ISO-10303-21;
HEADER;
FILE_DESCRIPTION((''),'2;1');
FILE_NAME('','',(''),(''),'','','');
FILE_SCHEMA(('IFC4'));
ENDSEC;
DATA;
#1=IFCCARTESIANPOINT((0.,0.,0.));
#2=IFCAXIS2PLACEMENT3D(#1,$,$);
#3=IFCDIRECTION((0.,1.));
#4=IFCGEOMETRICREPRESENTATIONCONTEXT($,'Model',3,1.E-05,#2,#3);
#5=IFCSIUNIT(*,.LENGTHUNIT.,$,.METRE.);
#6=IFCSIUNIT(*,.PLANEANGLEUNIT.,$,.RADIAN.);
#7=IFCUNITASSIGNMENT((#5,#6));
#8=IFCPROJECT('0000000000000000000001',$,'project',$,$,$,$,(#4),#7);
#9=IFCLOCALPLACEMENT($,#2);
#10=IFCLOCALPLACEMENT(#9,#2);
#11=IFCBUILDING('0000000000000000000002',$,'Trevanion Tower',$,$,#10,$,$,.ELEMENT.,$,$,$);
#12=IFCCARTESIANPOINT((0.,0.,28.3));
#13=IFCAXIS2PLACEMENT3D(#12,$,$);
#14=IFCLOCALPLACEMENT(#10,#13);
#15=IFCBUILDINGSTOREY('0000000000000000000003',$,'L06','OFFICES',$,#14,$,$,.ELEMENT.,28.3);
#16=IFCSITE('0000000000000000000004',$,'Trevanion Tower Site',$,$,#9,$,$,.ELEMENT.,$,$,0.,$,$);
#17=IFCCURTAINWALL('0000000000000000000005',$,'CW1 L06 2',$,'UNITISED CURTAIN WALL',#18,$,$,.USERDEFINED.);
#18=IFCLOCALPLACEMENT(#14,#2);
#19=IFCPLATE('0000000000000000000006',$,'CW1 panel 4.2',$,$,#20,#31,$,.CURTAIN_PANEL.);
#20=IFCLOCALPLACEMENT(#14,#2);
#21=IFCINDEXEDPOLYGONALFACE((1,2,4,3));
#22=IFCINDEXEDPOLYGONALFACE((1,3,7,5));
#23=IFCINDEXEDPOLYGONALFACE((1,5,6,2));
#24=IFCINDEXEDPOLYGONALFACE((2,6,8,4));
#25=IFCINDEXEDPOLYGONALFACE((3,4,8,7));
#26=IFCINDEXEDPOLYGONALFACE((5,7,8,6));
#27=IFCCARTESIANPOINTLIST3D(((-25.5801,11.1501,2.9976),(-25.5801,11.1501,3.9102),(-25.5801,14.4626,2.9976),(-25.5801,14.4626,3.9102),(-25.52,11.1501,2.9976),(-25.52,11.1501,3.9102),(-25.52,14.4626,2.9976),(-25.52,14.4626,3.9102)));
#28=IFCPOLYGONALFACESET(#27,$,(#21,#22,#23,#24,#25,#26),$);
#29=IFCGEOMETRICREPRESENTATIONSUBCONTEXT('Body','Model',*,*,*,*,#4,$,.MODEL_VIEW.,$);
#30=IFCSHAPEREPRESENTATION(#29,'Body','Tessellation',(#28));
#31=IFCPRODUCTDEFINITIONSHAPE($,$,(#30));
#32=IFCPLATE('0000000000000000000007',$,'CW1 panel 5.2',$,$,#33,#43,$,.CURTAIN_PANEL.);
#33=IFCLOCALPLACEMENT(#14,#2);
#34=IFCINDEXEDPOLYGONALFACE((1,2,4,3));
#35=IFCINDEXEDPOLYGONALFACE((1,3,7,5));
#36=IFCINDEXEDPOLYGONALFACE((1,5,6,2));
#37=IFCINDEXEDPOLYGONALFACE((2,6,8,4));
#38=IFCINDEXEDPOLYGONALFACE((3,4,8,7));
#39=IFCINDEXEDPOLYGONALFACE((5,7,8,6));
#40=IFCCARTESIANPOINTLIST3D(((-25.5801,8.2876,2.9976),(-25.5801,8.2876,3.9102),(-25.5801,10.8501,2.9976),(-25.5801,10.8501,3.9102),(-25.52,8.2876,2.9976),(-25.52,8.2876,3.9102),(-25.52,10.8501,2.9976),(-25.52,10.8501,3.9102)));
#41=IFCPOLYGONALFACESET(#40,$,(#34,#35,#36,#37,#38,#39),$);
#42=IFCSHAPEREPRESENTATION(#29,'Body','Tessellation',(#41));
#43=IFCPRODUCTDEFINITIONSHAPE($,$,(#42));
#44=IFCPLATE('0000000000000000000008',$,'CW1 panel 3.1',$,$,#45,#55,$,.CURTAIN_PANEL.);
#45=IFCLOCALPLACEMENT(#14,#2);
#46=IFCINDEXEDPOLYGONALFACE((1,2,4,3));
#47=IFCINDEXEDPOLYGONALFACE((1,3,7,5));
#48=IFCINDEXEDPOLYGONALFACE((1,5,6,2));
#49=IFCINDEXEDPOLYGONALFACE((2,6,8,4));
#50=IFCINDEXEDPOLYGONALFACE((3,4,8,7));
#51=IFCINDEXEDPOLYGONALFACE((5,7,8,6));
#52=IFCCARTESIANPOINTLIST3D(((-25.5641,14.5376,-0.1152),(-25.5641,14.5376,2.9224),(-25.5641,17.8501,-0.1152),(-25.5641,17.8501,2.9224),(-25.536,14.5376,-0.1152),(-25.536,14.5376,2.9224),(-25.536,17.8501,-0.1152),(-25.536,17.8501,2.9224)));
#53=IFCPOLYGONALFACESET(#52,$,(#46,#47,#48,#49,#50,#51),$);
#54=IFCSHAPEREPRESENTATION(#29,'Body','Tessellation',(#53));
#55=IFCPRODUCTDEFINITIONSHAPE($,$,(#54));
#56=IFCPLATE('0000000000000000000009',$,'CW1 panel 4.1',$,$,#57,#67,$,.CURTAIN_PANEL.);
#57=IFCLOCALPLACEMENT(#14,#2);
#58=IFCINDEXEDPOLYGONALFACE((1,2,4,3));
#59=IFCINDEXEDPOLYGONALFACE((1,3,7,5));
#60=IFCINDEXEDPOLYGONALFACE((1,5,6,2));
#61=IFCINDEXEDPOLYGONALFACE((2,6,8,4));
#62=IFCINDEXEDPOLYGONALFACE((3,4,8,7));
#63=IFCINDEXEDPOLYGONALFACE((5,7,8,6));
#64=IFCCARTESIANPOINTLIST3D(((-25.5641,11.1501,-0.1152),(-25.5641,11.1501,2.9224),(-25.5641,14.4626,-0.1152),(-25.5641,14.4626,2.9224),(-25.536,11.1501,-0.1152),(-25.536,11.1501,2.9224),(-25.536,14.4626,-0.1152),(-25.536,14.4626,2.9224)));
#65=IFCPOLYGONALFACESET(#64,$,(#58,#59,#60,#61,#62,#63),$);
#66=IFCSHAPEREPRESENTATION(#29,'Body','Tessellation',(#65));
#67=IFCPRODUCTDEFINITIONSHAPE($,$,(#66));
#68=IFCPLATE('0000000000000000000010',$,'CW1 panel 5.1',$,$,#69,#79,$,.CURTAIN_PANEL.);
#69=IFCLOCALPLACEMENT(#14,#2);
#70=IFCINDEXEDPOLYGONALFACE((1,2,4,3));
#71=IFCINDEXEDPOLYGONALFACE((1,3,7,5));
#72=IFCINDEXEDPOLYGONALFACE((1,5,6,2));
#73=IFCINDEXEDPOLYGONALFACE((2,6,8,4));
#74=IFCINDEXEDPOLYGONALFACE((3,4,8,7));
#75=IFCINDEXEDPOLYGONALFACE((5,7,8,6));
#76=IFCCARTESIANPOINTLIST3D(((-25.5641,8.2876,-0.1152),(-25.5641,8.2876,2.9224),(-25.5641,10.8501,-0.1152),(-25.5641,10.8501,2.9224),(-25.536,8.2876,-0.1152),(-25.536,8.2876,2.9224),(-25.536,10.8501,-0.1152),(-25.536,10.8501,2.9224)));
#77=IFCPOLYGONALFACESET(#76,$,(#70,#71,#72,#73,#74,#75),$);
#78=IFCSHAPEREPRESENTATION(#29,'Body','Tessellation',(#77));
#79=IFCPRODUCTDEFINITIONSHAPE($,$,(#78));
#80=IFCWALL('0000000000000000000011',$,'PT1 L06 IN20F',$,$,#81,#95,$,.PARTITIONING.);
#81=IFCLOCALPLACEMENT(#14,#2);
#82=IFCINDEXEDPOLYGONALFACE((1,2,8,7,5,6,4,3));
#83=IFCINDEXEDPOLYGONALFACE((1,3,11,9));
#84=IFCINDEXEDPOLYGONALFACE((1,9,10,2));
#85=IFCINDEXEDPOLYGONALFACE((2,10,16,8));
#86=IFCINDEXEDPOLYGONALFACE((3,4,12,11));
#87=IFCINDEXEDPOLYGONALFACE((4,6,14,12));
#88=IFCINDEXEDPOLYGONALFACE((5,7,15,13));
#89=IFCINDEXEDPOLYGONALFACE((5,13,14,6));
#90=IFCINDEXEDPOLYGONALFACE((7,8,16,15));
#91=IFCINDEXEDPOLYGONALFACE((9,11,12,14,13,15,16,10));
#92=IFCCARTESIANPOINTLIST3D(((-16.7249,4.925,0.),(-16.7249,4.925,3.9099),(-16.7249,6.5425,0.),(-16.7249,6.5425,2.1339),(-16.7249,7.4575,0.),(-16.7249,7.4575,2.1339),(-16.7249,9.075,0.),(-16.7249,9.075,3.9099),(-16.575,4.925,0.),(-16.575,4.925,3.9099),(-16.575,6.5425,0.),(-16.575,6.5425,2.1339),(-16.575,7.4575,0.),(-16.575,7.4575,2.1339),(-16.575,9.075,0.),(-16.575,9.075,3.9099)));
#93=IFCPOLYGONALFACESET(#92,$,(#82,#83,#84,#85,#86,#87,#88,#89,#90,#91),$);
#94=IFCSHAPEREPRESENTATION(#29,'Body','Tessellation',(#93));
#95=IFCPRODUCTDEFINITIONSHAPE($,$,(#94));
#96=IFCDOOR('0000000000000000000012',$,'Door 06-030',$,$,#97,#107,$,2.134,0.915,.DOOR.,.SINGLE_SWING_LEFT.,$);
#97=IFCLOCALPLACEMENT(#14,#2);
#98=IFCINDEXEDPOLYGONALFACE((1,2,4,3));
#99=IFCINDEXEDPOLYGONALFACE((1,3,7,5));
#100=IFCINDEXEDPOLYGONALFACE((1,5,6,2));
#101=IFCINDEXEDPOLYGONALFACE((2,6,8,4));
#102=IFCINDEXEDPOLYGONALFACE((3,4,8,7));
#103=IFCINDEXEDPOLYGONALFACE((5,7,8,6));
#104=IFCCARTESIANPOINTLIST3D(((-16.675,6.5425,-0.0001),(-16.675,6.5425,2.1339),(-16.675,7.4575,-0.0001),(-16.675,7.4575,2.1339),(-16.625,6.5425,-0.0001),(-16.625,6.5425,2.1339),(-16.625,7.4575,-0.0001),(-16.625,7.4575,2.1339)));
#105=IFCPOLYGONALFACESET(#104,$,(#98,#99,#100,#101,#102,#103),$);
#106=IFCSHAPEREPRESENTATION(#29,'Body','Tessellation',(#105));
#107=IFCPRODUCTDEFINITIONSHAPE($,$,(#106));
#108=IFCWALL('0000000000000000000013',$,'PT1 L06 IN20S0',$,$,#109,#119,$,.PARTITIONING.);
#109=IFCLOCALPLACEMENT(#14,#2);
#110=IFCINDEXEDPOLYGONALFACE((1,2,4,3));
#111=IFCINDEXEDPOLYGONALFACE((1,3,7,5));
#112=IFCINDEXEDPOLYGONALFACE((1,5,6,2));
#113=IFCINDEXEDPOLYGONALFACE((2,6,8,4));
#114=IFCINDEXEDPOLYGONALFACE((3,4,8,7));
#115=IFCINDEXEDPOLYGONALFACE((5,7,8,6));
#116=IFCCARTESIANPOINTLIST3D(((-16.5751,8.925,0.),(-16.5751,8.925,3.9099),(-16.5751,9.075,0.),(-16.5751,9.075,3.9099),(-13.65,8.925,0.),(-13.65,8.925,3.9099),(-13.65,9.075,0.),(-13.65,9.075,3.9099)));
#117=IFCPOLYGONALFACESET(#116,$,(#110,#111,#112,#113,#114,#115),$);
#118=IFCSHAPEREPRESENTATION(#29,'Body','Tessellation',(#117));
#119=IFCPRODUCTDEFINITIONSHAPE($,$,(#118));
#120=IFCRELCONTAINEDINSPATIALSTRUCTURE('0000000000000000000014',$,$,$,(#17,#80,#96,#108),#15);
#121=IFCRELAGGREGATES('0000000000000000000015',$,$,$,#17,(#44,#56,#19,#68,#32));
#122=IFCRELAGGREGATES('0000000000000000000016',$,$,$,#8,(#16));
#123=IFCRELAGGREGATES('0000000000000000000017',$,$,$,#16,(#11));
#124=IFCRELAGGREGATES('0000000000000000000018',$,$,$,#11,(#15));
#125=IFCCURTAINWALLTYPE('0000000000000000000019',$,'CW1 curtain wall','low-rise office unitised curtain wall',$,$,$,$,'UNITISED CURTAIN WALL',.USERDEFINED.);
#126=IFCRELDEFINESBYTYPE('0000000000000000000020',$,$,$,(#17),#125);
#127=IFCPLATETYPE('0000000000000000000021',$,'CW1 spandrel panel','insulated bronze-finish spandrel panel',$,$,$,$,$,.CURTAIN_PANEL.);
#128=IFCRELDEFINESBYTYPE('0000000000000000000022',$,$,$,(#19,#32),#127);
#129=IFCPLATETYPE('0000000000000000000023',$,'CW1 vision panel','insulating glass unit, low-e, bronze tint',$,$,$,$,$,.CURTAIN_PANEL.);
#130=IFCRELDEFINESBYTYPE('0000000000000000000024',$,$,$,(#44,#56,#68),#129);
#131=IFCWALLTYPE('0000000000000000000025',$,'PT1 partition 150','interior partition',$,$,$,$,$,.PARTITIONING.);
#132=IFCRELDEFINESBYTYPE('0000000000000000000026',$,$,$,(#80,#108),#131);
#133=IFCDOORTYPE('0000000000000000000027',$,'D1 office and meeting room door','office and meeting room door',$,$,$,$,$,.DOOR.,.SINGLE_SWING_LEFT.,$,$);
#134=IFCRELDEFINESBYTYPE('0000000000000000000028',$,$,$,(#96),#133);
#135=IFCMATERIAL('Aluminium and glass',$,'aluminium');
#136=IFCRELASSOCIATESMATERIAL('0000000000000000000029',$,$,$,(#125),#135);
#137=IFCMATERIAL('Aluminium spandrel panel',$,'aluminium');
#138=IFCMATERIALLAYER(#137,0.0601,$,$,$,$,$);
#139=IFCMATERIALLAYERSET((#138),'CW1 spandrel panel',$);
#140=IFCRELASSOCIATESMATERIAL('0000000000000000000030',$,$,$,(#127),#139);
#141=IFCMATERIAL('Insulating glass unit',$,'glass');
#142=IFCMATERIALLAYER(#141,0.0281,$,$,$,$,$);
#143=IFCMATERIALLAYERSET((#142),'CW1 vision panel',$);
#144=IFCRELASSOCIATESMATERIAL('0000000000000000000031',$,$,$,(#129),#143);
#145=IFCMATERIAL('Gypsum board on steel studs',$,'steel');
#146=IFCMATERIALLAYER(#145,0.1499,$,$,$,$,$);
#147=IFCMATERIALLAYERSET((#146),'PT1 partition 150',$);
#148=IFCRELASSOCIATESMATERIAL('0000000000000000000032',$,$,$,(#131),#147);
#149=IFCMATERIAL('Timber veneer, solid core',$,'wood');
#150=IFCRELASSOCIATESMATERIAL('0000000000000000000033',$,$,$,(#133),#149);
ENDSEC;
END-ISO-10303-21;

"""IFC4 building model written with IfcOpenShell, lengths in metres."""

from ifc_helpers import new_model, si_unit, direction, frame, frame_2d, origin, origin_2d, place, context, subcontext, project, spatial, rectangle, extrude, material, layer, layer_set, type_object, element, fill, aggregate, save


model = new_model("IFC4")

# Units and contexts
model_context = context("Model", 3, precision=1e-05, world=origin(), true_north=direction((0.0, 1.0)))
body_context = subcontext(model_context, "Body", "Model", "MODEL_VIEW")
ifc_project = project(units=[si_unit("LENGTHUNIT", "METRE"), si_unit("PLANEANGLEUNIT", "RADIAN")], contexts=[model_context])

# Site, building, storey
site_placement = place(None, origin())
site = spatial("IfcSite", under=ifc_project, at=site_placement, Name="Trevanion Tower Site", CompositionType="ELEMENT", RefElevation=0.0)
building_placement = place(site_placement, origin())
building = spatial("IfcBuilding", under=site, at=building_placement, Name="Trevanion Tower", CompositionType="ELEMENT")
storey_placement = place(building_placement, frame((0.0, 0.0, 28.3)))
storey = spatial("IfcBuildingStorey", under=building, at=storey_placement, Name="L06", Description="OFFICES", CompositionType="ELEMENT", Elevation=28.3)

# Curtain wall
ifc_material_1 = material(Name="Aluminium and glass", Category="aluminium")
curtain_wall_type = type_object("IfcCurtainWallType", Name="CW1 curtain wall", Description="low-rise office unitised curtain wall", ElementType="UNITISED CURTAIN WALL", PredefinedType="USERDEFINED", material=ifc_material_1)
curtain_wall_placement = place(storey_placement, origin())
curtain_wall = element("IfcCurtainWall", 1, at=curtain_wall_placement, inside=storey, type_object=curtain_wall_type, Name="CW1 L06 2", ObjectType="UNITISED CURTAIN WALL", PredefinedType="USERDEFINED")

# Plates
ifc_material_2 = material(Name="Aluminium spandrel panel", Category="aluminium")
ifc_layer_1 = layer(ifc_material_2, 0.0601)
ifc_layer_set_1 = layer_set([ifc_layer_1], Name="CW1 spandrel panel")
plate_type_1 = type_object("IfcPlateType", Name="CW1 spandrel panel", Description="insulated bronze-finish spandrel panel", PredefinedType="CURTAIN_PANEL", material=ifc_layer_set_1)
plate_1_placement = place(storey_placement, frame((-25.55, 12.8064, 2.9976), z_axis=(0.0, 0.0, 1.0), x_axis=(0.0, -1.0, 0.0)))
plate_1 = element("IfcPlate", 2, at=plate_1_placement, type_object=plate_type_1, Name="CW1 panel 4.2", PredefinedType="CURTAIN_PANEL", context=body_context, shape_type="SweptSolid", body=[
    extrude(rectangle(XDim=3.3125, YDim=0.0601, at=origin_2d()), origin(), (0.0, 0.0, 1.0), 0.9126),
])
plate_2_placement = place(storey_placement, frame((-25.55, 9.5688, 2.9976), z_axis=(0.0, 0.0, 1.0), x_axis=(0.0, -1.0, 0.0)))
plate_2 = element("IfcPlate", 3, at=plate_2_placement, type_object=plate_type_1, Name="CW1 panel 5.2", PredefinedType="CURTAIN_PANEL", context=body_context, shape_type="SweptSolid", body=[
    extrude(rectangle(XDim=2.5625, YDim=0.0601, at=origin_2d()), origin(), (0.0, 0.0, 1.0), 0.9126),
])
ifc_material_3 = material(Name="Insulating glass unit", Category="glass")
ifc_layer_2 = layer(ifc_material_3, 0.0281)
ifc_layer_set_2 = layer_set([ifc_layer_2], Name="CW1 vision panel")
plate_type_2 = type_object("IfcPlateType", Name="CW1 vision panel", Description="insulating glass unit, low-e, bronze tint", PredefinedType="CURTAIN_PANEL", material=ifc_layer_set_2)
plate_3_placement = place(storey_placement, frame((-25.55, 16.1938, -0.1152), z_axis=(0.0, 0.0, 1.0), x_axis=(0.0, -1.0, 0.0)))
plate_3 = element("IfcPlate", 4, at=plate_3_placement, type_object=plate_type_2, Name="CW1 panel 3.1", PredefinedType="CURTAIN_PANEL", context=body_context, shape_type="SweptSolid", body=[
    extrude(rectangle(XDim=3.3125, YDim=0.0281, at=origin_2d()), origin(), (0.0, 0.0, 1.0), 3.0376),
])
plate_4_placement = place(storey_placement, frame((-25.55, 12.8064, -0.1152), z_axis=(0.0, 0.0, 1.0), x_axis=(0.0, -1.0, 0.0)))
plate_4 = element("IfcPlate", 5, at=plate_4_placement, type_object=plate_type_2, Name="CW1 panel 4.1", PredefinedType="CURTAIN_PANEL", context=body_context, shape_type="SweptSolid", body=[
    extrude(rectangle(XDim=3.3125, YDim=0.0281, at=origin_2d()), origin(), (0.0, 0.0, 1.0), 3.0376),
])
plate_5_placement = place(storey_placement, frame((-25.55, 9.5688, -0.1152), z_axis=(0.0, 0.0, 1.0), x_axis=(0.0, -1.0, 0.0)))
plate_5 = element("IfcPlate", 6, at=plate_5_placement, type_object=plate_type_2, Name="CW1 panel 5.1", PredefinedType="CURTAIN_PANEL", context=body_context, shape_type="SweptSolid", body=[
    extrude(rectangle(XDim=2.5625, YDim=0.0281, at=origin_2d()), origin(), (0.0, 0.0, 1.0), 3.0376),
])
aggregate(curtain_wall, [plate_3, plate_4, plate_1, plate_5, plate_2])

# Wall, opening, door
ifc_material_4 = material(Name="Gypsum board on steel studs", Category="steel")
ifc_layer_3 = layer(ifc_material_4, 0.1499)
ifc_layer_set_3 = layer_set([ifc_layer_3], Name="PT1 partition 150")
wall_type = type_object("IfcWallType", Name="PT1 partition 150", Description="interior partition", PredefinedType="PARTITIONING", material=ifc_layer_set_3)
wall_1_placement = place(storey_placement, frame((-16.6499, 9.075, 0.0), z_axis=(0.0, 0.0, 1.0), x_axis=(0.0, -1.0, 0.0)))
wall_1 = element("IfcWall", 7, at=wall_1_placement, inside=storey, type_object=wall_type, Name="PT1 L06 IN20F", PredefinedType="PARTITIONING", context=body_context, shape_type="SweptSolid", body=[
    extrude(rectangle(XDim=4.1499, YDim=0.1499, at=frame_2d((2.075, 0.0))), origin(), (0.0, 0.0, 1.0), 3.9099),
])
opening_placement = place(wall_1_placement, frame((1.6174, 0.0, 0.0)))
opening = element("IfcOpeningElement", 8, at=opening_placement, cuts=wall_1, PredefinedType="OPENING", context=body_context, shape_type="SweptSolid", body=[
    extrude(rectangle(XDim=0.915, YDim=2.134, at=frame_2d((0.4575, 1.0669))), frame((0.0, 0.085, 0.0), z_axis=(0.0, -1.0, 0.0), x_axis=(1.0, 0.0, 0.0)), (0.0, 0.0, 1.0), 0.1699),
])
ifc_material_5 = material(Name="Timber veneer, solid core", Category="wood")
door_type = type_object("IfcDoorType", Name="D1 office and meeting room door", Description="office and meeting room door", OperationType="SINGLE_SWING_LEFT", PredefinedType="DOOR", material=ifc_material_5)
door_placement = place(opening_placement, origin())
door = element("IfcDoor", 9, at=door_placement, inside=storey, type_object=door_type, Name="Door 06-030", OperationType="SINGLE_SWING_LEFT", OverallHeight=2.134, OverallWidth=0.915, PredefinedType="DOOR", context=body_context, shape_type="SweptSolid", body=[
    extrude(rectangle(XDim=0.915, YDim=2.134, at=frame_2d((0.4575, 1.0669))), frame((0.0, 0.0249, 0.0), z_axis=(0.0, -1.0, 0.0), x_axis=(1.0, 0.0, 0.0)), (0.0, 0.0, 1.0), 0.05),
])
fill(opening, door)

# Wall
wall_2_placement = place(storey_placement, frame((-16.575, 9.0, 0.0), z_axis=(0.0, 0.0, 1.0), x_axis=(1.0, 0.0, 0.0)))
element("IfcWall", 10, at=wall_2_placement, inside=storey, type_object=wall_type, Name="PT1 L06 IN20S0", PredefinedType="PARTITIONING", context=body_context, shape_type="SweptSolid", body=[
    extrude(rectangle(XDim=2.925, YDim=0.1499, at=frame_2d((1.4624, 0.0))), origin(), (0.0, 0.0, 1.0), 3.9099),
])

save(model, "model.ifc")
